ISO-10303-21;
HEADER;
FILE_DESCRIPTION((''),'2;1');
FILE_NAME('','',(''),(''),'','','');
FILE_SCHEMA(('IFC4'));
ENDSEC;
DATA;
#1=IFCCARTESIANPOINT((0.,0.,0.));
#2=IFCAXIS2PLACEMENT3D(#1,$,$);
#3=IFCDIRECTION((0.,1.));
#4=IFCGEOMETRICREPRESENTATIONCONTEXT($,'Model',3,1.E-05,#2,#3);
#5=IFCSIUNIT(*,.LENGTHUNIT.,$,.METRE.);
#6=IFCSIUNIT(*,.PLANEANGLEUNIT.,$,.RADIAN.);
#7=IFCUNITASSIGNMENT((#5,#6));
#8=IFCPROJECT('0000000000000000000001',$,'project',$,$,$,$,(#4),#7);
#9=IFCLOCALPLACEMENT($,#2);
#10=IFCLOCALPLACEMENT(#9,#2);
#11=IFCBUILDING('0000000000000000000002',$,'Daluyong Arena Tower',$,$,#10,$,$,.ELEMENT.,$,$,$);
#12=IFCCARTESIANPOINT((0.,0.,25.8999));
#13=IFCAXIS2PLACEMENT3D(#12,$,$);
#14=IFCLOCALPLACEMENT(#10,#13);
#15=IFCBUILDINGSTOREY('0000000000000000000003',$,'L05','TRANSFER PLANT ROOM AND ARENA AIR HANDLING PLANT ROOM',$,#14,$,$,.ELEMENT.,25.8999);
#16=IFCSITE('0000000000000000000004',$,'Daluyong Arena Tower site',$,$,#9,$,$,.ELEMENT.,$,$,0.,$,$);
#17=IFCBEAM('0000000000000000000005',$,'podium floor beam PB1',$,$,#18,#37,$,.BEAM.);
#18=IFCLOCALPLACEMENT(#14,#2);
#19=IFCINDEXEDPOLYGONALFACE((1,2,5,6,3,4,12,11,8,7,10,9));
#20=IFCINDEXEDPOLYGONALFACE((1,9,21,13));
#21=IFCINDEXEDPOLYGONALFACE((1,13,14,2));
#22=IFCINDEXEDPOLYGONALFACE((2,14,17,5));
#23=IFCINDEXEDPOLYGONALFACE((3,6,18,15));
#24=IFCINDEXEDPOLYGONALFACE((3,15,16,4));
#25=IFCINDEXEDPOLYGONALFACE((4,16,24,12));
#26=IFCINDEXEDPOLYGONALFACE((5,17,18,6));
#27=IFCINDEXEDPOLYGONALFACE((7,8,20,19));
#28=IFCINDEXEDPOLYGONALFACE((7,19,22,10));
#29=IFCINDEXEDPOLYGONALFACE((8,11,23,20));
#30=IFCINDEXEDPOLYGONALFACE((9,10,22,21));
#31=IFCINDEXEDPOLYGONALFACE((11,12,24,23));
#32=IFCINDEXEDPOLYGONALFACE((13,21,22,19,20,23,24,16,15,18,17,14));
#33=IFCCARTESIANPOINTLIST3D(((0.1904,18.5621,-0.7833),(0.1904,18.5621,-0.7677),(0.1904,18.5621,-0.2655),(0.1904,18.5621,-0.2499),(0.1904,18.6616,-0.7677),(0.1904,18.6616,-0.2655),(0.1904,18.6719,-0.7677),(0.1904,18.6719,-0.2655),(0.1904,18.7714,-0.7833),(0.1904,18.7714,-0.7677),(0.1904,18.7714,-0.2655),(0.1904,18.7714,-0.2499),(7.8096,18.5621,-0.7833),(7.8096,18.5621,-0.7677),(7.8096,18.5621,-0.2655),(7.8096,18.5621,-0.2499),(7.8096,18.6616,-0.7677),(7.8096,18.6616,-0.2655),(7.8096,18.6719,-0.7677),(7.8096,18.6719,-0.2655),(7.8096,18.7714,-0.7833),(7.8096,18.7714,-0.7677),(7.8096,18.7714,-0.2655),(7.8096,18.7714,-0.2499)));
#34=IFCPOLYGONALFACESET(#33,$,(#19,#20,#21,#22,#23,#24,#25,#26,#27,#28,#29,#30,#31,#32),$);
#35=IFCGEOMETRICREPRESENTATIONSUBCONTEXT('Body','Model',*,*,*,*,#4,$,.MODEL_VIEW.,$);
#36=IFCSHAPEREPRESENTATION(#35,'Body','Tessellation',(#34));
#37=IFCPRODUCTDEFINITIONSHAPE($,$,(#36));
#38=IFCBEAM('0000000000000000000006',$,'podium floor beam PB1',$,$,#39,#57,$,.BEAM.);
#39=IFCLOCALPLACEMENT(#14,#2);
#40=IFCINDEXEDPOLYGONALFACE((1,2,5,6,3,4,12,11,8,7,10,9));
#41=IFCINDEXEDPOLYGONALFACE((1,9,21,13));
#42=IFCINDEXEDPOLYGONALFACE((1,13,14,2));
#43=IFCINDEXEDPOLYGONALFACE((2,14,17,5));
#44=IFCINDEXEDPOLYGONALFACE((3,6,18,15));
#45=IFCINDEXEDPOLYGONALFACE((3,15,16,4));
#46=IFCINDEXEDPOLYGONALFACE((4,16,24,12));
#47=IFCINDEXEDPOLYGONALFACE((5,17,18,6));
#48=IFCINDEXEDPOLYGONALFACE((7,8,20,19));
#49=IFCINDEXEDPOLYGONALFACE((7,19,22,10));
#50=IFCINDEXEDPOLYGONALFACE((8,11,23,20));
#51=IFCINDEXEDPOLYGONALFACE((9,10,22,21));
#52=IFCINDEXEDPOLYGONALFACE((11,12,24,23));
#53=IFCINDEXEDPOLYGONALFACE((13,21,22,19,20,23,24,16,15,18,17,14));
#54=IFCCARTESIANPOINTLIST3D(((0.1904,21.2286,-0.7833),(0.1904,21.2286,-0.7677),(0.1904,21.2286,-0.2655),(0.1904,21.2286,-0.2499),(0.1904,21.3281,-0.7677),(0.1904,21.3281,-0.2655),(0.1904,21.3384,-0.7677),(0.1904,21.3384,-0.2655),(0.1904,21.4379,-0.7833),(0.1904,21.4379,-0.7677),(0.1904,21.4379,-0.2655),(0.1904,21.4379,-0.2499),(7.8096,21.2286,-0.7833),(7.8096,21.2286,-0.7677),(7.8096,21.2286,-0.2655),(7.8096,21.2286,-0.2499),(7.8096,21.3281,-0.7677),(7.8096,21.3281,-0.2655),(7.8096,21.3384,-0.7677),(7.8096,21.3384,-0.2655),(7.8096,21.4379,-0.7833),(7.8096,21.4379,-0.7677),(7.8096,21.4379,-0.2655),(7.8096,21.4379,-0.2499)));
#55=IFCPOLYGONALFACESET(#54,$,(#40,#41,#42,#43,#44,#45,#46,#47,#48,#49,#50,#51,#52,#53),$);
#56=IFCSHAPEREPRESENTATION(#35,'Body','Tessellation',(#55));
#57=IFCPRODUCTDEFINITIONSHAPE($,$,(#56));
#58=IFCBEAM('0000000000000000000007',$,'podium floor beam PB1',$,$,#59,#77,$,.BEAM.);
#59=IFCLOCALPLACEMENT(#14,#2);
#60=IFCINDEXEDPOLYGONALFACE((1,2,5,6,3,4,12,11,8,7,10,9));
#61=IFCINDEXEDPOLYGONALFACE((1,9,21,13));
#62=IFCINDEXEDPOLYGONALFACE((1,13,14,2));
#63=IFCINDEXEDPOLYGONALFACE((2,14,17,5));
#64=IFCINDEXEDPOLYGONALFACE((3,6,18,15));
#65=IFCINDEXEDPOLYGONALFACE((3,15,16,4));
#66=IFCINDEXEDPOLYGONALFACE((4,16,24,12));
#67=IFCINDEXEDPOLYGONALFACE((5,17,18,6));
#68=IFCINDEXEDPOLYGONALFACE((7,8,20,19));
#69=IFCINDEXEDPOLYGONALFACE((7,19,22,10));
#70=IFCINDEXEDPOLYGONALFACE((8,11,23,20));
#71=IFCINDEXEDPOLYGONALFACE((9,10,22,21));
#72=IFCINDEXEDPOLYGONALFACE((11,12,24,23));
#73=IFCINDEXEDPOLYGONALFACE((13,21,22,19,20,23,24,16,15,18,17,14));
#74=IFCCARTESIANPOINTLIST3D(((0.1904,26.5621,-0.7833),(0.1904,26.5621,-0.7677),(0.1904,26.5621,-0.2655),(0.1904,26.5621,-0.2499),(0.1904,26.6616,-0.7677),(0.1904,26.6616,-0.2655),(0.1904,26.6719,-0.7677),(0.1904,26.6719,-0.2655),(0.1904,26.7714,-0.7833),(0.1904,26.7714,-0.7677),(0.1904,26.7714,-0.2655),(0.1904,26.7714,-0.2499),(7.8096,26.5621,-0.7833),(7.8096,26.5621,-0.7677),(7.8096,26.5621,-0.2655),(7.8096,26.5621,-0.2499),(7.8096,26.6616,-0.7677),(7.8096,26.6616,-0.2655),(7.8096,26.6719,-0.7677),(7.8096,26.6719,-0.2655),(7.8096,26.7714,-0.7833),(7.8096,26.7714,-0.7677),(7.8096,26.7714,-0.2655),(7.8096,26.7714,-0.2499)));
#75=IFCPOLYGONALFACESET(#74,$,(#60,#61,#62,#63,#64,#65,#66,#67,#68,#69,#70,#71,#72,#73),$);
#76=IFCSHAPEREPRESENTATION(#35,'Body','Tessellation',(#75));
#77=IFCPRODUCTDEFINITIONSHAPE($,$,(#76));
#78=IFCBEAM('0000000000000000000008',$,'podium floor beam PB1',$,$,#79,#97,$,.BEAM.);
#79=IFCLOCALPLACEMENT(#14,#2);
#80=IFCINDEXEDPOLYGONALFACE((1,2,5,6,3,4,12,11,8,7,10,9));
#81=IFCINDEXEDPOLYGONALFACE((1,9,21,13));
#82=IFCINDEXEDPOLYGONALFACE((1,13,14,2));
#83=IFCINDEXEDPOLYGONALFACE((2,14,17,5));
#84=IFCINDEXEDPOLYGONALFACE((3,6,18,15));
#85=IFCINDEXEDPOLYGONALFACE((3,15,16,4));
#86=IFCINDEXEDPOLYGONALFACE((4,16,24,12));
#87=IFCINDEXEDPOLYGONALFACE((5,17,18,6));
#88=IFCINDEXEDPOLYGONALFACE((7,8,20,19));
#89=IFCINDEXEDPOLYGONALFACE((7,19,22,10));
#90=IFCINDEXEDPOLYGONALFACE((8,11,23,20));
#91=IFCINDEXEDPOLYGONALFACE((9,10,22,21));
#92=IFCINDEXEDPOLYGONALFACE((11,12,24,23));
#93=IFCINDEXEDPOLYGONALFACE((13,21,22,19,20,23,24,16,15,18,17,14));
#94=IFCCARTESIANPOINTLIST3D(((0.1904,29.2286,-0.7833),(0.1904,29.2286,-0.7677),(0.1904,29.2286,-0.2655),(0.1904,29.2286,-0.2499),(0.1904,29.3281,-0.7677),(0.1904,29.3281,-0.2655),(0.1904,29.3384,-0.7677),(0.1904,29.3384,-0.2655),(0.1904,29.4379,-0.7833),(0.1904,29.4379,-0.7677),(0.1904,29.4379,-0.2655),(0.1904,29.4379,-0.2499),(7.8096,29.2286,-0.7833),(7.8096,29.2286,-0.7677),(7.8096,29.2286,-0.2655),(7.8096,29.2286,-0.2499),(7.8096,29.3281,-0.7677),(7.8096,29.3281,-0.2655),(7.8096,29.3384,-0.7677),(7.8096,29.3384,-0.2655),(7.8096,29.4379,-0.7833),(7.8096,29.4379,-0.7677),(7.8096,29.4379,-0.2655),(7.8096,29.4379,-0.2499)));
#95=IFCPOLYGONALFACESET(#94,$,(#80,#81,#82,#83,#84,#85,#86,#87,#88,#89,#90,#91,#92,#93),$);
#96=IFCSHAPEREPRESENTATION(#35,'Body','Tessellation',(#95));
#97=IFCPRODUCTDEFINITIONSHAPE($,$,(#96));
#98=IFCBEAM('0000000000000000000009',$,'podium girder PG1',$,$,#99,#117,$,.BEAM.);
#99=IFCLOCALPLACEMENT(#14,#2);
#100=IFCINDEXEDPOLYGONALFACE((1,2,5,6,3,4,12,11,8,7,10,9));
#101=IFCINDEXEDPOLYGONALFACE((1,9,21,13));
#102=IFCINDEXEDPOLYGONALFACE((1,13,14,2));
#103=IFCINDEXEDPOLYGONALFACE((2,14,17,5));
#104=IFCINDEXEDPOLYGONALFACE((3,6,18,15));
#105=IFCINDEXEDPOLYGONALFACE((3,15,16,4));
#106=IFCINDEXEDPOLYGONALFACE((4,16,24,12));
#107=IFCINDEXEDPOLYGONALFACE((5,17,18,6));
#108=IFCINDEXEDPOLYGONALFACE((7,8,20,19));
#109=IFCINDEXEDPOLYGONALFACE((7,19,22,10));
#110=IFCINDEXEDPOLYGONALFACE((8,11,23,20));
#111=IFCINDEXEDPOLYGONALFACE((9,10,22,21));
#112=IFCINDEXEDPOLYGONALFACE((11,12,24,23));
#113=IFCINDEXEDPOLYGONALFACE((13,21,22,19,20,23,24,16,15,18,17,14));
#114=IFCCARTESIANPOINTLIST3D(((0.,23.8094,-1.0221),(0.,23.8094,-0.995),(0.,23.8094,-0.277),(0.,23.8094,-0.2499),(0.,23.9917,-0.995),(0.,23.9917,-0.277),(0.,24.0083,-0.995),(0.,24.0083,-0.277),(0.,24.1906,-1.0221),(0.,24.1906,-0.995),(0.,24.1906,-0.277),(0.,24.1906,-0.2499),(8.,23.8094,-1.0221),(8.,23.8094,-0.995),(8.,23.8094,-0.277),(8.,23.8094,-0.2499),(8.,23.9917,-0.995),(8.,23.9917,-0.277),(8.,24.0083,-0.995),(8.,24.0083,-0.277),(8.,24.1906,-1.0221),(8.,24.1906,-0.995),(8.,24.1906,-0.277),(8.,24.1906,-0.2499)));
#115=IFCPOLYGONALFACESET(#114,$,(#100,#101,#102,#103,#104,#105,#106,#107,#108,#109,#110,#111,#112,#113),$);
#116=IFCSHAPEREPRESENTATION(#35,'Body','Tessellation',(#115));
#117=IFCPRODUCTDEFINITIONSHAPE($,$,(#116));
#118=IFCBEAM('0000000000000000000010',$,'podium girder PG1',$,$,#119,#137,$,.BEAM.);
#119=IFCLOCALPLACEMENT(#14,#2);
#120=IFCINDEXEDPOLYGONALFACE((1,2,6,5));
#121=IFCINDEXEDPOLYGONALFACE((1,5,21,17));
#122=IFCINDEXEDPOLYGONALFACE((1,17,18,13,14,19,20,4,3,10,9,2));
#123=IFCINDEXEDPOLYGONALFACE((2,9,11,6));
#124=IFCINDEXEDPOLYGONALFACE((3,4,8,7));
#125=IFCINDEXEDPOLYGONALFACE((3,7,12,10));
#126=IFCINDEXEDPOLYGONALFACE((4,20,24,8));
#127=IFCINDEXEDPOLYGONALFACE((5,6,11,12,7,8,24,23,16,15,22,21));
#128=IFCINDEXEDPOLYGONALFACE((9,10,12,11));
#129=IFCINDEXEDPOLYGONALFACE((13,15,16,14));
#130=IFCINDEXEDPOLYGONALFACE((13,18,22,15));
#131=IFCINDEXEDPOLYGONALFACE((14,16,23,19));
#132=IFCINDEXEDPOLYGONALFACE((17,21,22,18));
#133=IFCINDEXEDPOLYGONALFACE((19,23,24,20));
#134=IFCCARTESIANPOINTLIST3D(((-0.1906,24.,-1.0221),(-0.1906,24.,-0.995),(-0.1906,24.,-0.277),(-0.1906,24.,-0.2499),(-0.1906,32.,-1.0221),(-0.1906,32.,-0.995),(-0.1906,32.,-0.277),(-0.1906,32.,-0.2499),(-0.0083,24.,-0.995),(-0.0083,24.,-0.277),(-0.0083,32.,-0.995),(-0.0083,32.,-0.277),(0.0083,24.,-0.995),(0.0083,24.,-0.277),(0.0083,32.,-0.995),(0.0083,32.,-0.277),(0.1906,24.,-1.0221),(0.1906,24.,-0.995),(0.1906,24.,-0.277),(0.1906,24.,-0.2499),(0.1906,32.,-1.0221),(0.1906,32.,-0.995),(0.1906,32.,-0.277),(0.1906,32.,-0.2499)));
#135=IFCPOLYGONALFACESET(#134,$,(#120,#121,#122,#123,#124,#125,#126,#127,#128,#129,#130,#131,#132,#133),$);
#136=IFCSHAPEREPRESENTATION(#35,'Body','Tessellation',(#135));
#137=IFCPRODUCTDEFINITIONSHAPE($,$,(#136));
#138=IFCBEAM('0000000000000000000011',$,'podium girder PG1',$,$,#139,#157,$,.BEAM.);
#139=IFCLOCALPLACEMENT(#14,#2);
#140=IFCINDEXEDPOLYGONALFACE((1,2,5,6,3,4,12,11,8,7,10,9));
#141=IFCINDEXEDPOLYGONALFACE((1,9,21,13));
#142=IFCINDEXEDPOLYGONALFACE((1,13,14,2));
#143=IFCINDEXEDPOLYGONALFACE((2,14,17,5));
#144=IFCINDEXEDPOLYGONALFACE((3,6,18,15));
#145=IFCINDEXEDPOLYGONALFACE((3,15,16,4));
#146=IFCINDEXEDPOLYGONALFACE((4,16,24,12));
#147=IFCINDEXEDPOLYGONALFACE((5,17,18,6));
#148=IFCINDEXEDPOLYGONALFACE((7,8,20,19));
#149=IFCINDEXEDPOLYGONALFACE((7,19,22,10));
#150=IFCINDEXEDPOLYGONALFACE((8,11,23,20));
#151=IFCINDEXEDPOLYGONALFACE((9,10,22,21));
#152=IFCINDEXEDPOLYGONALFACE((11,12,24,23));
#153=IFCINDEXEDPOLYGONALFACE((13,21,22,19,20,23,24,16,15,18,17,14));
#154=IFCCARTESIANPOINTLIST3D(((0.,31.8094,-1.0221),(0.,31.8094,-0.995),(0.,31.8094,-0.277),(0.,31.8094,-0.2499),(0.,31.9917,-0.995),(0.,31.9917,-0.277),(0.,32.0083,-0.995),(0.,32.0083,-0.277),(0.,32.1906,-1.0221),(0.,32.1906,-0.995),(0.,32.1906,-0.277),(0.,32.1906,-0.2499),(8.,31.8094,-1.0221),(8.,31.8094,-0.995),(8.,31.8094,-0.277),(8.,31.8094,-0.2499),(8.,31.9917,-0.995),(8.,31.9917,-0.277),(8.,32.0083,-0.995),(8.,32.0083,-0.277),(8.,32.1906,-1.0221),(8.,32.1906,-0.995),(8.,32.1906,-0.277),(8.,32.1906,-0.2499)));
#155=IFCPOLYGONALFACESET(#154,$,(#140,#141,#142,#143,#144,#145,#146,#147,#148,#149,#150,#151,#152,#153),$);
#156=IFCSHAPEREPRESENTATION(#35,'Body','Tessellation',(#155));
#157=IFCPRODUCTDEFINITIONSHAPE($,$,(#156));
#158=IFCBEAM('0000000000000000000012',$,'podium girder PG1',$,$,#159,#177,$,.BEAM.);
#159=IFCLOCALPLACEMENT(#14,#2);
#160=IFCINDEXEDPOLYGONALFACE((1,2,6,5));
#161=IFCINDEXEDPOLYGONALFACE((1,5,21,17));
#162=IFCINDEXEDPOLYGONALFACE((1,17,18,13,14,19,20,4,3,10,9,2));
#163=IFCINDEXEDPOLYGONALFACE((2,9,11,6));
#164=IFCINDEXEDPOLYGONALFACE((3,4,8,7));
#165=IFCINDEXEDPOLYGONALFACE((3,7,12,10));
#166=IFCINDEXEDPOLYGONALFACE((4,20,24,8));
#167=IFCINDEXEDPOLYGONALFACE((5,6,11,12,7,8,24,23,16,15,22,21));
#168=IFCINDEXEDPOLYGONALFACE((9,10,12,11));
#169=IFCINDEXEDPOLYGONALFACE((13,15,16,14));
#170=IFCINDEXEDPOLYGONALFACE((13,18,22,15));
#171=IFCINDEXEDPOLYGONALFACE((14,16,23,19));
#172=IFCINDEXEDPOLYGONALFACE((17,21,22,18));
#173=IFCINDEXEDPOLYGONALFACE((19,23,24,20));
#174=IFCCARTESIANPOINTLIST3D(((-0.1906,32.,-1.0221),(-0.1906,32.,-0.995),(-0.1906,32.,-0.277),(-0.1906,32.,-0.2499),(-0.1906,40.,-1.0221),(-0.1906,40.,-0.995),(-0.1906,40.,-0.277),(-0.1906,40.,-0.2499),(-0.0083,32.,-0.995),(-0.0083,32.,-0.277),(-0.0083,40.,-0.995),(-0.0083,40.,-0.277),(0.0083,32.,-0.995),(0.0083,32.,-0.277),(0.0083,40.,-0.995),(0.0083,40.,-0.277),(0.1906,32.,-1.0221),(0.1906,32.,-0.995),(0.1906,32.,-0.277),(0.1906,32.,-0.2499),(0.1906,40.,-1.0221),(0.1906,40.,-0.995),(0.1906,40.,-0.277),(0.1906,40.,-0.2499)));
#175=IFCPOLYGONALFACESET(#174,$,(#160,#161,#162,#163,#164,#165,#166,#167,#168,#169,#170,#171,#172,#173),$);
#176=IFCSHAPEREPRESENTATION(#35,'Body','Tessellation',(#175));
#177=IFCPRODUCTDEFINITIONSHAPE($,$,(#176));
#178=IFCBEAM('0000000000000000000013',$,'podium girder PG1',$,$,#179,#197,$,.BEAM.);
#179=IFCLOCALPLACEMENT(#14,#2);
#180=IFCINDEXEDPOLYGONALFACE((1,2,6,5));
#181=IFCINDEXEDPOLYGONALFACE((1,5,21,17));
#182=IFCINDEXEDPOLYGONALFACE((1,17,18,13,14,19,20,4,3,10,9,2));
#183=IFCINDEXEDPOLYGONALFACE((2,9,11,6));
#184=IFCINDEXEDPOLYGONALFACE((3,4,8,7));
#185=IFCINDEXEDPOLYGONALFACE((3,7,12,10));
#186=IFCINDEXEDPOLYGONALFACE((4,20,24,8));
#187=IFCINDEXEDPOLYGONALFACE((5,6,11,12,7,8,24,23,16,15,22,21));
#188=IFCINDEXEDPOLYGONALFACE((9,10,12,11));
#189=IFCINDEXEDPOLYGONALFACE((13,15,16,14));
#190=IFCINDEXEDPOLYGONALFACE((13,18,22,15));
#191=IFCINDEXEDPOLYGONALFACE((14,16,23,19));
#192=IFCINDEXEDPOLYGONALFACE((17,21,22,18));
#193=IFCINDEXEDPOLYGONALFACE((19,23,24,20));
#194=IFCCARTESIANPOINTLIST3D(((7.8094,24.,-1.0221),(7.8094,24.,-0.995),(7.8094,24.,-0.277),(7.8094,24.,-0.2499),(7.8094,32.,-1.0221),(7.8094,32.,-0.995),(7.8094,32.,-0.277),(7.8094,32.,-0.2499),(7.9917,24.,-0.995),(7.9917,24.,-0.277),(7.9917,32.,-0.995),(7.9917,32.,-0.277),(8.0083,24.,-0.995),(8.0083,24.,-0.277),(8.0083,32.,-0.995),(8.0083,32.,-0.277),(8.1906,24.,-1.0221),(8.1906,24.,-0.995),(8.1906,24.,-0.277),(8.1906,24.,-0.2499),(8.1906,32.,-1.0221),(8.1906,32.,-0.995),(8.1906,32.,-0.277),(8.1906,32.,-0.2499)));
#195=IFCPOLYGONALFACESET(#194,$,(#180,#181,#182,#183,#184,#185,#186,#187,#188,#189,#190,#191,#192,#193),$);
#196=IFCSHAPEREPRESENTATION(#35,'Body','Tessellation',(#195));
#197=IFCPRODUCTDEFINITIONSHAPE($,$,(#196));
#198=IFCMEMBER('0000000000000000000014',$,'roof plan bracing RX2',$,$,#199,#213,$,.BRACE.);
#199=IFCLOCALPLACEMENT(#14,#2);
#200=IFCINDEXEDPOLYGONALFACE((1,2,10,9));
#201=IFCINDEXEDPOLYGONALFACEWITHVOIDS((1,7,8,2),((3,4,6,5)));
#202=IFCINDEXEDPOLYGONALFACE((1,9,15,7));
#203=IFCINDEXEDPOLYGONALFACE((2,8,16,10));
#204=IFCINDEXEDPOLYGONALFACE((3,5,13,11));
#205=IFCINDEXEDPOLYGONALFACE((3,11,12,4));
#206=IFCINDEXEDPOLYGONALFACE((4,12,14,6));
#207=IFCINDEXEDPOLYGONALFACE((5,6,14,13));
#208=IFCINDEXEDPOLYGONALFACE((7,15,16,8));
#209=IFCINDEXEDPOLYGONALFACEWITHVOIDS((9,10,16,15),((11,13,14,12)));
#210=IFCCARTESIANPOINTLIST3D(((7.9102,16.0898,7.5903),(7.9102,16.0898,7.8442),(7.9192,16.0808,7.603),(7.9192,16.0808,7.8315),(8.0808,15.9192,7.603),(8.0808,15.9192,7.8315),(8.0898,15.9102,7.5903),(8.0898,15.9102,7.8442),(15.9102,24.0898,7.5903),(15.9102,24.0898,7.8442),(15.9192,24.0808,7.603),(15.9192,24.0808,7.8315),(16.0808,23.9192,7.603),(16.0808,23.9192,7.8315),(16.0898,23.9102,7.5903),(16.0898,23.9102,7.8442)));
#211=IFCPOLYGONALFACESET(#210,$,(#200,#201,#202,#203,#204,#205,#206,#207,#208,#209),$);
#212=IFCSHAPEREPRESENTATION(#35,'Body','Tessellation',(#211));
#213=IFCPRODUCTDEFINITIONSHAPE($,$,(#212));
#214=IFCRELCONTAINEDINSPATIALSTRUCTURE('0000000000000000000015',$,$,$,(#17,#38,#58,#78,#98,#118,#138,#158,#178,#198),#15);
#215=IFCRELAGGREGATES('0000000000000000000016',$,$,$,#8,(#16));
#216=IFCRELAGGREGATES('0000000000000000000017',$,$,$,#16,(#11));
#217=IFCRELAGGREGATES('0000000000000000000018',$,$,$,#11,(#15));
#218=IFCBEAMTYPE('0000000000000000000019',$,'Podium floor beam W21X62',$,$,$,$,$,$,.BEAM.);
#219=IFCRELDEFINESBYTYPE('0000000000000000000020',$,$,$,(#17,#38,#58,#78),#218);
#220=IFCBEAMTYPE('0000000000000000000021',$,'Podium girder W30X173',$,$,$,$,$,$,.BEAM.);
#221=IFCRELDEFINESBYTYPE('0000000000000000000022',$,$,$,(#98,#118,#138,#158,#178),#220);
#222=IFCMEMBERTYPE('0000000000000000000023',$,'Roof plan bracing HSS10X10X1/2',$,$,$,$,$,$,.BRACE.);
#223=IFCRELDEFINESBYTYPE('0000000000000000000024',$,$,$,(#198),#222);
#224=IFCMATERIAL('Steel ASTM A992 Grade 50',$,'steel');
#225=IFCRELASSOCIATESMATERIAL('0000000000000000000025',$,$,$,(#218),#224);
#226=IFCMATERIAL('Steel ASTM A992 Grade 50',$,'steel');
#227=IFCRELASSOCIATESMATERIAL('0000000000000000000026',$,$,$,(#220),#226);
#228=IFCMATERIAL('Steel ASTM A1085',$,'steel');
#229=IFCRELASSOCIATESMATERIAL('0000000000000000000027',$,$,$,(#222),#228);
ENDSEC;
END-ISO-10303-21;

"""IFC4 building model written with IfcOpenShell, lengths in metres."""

from ifc_helpers import new_model, si_unit, direction, frame, origin, origin_2d, place, context, subcontext, project, spatial, hollow_rectangle, i_section, extrude, material, material_profile, profile_set, type_object, element, save


model = new_model("IFC4")

# Units and contexts
model_context = context("Model", 3, precision=1e-05, world=origin(), true_north=direction((0.0, 1.0)))
body_context = subcontext(model_context, "Body", "Model", "MODEL_VIEW")
ifc_project = project(units=[si_unit("LENGTHUNIT", "METRE"), si_unit("PLANEANGLEUNIT", "RADIAN")], contexts=[model_context])

# Site, building, storey
site_placement = place(None, origin())
site = spatial("IfcSite", under=ifc_project, at=site_placement, Name="Daluyong Arena Tower site", CompositionType="ELEMENT", RefElevation=0.0)
building_placement = place(site_placement, origin())
building = spatial("IfcBuilding", under=site, at=building_placement, Name="Daluyong Arena Tower", CompositionType="ELEMENT")
storey_placement = place(building_placement, frame((0.0, 0.0, 25.8999)))
storey = spatial("IfcBuildingStorey", under=building, at=storey_placement, Name="L05", Description="TRANSFER PLANT ROOM AND ARENA AIR HANDLING PLANT ROOM", CompositionType="ELEMENT", Elevation=25.8999)

# Beams
ifc_material_1 = material(Name="Steel ASTM A992 Grade 50", Category="steel")
ifc_material_profile_1 = material_profile(ifc_material_1, i_section(OverallWidth=0.2092, OverallDepth=0.5334, WebThickness=0.0103, FlangeThickness=0.0156, at=origin_2d()))
ifc_profile_set_1 = profile_set([ifc_material_profile_1], Name="Steel ASTM A992 Grade 50")
beam_type_1 = type_object("IfcBeamType", Name="Podium floor beam W21X62", PredefinedType="BEAM", material=ifc_profile_set_1)
for number, where, z_axis, x_axis, name in (
    (1, (0.1904, 18.6667, -0.5166), (1.0, 0.0, 0.0), (0.0, 1.0, 0.0), "podium floor beam PB1"),
    (2, (0.1904, 21.3333, -0.5166), (1.0, 0.0, 0.0), (0.0, 1.0, 0.0), "podium floor beam PB1"),
    (3, (0.1904, 26.6667, -0.5166), (1.0, 0.0, 0.0), (0.0, 1.0, 0.0), "podium floor beam PB1"),
    (4, (0.1904, 29.3333, -0.5166), (1.0, 0.0, 0.0), (0.0, 1.0, 0.0), "podium floor beam PB1"),
):
    element("IfcBeam", number, at=place(storey_placement, frame(where, z_axis=z_axis, x_axis=x_axis)), inside=storey, type_object=beam_type_1, Name=name, PredefinedType="BEAM", context=body_context, shape_type="SweptSolid", body=[
        extrude(i_section(OverallWidth=0.2092, OverallDepth=0.5334, WebThickness=0.0103, FlangeThickness=0.0156, at=origin_2d()), origin(), (0.0, 0.0, 1.0), 7.6191),
    ])
ifc_material_2 = material(Name="Steel ASTM A992 Grade 50", Category="steel")
ifc_material_profile_2 = material_profile(ifc_material_2, i_section(OverallWidth=0.3811, OverallDepth=0.7722, WebThickness=0.0166, FlangeThickness=0.0271, at=origin_2d()))
ifc_profile_set_2 = profile_set([ifc_material_profile_2], Name="Steel ASTM A992 Grade 50")
beam_type_2 = type_object("IfcBeamType", Name="Podium girder W30X173", PredefinedType="BEAM", material=ifc_profile_set_2)
for number, where, z_axis, x_axis, name in (
    (5, (0.0, 24.0, -0.636), (1.0, 0.0, 0.0), (0.0, 1.0, 0.0), "podium girder PG1"),
    (6, (0.0, 24.0, -0.636), (0.0, 1.0, 0.0), (-1.0, 0.0, 0.0), "podium girder PG1"),
    (7, (0.0, 32.0, -0.636), (1.0, 0.0, 0.0), (0.0, 1.0, 0.0), "podium girder PG1"),
    (8, (0.0, 32.0, -0.636), (0.0, 1.0, 0.0), (-1.0, 0.0, 0.0), "podium girder PG1"),
    (9, (8.0, 24.0, -0.636), (0.0, 1.0, 0.0), (-1.0, 0.0, 0.0), "podium girder PG1"),
):
    element("IfcBeam", number, at=place(storey_placement, frame(where, z_axis=z_axis, x_axis=x_axis)), inside=storey, type_object=beam_type_2, Name=name, PredefinedType="BEAM", context=body_context, shape_type="SweptSolid", body=[
        extrude(i_section(OverallWidth=0.3811, OverallDepth=0.7722, WebThickness=0.0166, FlangeThickness=0.0271, at=origin_2d()), origin(), (0.0, 0.0, 1.0), 8.0),
    ])

# Member
ifc_material_3 = material(Name="Steel ASTM A1085", Category="steel")
ifc_material_profile_3 = material_profile(ifc_material_3, hollow_rectangle(XDim=0.2539, YDim=0.2539, WallThickness=0.0127, at=origin_2d()))
ifc_profile_set_3 = profile_set([ifc_material_profile_3], Name="Steel ASTM A1085")
member_type_1 = type_object("IfcMemberType", Name="Roof plan bracing HSS10X10X1/2", PredefinedType="BRACE", material=ifc_profile_set_3)
for number, where, z_axis, x_axis, name in (
    (10, (8.0, 16.0, 7.7173), (0.707107, 0.707107, 0.0), (-0.707107, 0.707107, 0.0), "roof plan bracing RX2"),
):
    element("IfcMember", number, at=place(storey_placement, frame(where, z_axis=z_axis, x_axis=x_axis)), inside=storey, type_object=member_type_1, Name=name, PredefinedType="BRACE", context=body_context, shape_type="SweptSolid", body=[
        extrude(hollow_rectangle(XDim=0.2539, YDim=0.2539, WallThickness=0.0127, at=origin_2d()), origin(), (0.0, 0.0, 1.0), 11.3137),
    ])

save(model, "model.ifc")
